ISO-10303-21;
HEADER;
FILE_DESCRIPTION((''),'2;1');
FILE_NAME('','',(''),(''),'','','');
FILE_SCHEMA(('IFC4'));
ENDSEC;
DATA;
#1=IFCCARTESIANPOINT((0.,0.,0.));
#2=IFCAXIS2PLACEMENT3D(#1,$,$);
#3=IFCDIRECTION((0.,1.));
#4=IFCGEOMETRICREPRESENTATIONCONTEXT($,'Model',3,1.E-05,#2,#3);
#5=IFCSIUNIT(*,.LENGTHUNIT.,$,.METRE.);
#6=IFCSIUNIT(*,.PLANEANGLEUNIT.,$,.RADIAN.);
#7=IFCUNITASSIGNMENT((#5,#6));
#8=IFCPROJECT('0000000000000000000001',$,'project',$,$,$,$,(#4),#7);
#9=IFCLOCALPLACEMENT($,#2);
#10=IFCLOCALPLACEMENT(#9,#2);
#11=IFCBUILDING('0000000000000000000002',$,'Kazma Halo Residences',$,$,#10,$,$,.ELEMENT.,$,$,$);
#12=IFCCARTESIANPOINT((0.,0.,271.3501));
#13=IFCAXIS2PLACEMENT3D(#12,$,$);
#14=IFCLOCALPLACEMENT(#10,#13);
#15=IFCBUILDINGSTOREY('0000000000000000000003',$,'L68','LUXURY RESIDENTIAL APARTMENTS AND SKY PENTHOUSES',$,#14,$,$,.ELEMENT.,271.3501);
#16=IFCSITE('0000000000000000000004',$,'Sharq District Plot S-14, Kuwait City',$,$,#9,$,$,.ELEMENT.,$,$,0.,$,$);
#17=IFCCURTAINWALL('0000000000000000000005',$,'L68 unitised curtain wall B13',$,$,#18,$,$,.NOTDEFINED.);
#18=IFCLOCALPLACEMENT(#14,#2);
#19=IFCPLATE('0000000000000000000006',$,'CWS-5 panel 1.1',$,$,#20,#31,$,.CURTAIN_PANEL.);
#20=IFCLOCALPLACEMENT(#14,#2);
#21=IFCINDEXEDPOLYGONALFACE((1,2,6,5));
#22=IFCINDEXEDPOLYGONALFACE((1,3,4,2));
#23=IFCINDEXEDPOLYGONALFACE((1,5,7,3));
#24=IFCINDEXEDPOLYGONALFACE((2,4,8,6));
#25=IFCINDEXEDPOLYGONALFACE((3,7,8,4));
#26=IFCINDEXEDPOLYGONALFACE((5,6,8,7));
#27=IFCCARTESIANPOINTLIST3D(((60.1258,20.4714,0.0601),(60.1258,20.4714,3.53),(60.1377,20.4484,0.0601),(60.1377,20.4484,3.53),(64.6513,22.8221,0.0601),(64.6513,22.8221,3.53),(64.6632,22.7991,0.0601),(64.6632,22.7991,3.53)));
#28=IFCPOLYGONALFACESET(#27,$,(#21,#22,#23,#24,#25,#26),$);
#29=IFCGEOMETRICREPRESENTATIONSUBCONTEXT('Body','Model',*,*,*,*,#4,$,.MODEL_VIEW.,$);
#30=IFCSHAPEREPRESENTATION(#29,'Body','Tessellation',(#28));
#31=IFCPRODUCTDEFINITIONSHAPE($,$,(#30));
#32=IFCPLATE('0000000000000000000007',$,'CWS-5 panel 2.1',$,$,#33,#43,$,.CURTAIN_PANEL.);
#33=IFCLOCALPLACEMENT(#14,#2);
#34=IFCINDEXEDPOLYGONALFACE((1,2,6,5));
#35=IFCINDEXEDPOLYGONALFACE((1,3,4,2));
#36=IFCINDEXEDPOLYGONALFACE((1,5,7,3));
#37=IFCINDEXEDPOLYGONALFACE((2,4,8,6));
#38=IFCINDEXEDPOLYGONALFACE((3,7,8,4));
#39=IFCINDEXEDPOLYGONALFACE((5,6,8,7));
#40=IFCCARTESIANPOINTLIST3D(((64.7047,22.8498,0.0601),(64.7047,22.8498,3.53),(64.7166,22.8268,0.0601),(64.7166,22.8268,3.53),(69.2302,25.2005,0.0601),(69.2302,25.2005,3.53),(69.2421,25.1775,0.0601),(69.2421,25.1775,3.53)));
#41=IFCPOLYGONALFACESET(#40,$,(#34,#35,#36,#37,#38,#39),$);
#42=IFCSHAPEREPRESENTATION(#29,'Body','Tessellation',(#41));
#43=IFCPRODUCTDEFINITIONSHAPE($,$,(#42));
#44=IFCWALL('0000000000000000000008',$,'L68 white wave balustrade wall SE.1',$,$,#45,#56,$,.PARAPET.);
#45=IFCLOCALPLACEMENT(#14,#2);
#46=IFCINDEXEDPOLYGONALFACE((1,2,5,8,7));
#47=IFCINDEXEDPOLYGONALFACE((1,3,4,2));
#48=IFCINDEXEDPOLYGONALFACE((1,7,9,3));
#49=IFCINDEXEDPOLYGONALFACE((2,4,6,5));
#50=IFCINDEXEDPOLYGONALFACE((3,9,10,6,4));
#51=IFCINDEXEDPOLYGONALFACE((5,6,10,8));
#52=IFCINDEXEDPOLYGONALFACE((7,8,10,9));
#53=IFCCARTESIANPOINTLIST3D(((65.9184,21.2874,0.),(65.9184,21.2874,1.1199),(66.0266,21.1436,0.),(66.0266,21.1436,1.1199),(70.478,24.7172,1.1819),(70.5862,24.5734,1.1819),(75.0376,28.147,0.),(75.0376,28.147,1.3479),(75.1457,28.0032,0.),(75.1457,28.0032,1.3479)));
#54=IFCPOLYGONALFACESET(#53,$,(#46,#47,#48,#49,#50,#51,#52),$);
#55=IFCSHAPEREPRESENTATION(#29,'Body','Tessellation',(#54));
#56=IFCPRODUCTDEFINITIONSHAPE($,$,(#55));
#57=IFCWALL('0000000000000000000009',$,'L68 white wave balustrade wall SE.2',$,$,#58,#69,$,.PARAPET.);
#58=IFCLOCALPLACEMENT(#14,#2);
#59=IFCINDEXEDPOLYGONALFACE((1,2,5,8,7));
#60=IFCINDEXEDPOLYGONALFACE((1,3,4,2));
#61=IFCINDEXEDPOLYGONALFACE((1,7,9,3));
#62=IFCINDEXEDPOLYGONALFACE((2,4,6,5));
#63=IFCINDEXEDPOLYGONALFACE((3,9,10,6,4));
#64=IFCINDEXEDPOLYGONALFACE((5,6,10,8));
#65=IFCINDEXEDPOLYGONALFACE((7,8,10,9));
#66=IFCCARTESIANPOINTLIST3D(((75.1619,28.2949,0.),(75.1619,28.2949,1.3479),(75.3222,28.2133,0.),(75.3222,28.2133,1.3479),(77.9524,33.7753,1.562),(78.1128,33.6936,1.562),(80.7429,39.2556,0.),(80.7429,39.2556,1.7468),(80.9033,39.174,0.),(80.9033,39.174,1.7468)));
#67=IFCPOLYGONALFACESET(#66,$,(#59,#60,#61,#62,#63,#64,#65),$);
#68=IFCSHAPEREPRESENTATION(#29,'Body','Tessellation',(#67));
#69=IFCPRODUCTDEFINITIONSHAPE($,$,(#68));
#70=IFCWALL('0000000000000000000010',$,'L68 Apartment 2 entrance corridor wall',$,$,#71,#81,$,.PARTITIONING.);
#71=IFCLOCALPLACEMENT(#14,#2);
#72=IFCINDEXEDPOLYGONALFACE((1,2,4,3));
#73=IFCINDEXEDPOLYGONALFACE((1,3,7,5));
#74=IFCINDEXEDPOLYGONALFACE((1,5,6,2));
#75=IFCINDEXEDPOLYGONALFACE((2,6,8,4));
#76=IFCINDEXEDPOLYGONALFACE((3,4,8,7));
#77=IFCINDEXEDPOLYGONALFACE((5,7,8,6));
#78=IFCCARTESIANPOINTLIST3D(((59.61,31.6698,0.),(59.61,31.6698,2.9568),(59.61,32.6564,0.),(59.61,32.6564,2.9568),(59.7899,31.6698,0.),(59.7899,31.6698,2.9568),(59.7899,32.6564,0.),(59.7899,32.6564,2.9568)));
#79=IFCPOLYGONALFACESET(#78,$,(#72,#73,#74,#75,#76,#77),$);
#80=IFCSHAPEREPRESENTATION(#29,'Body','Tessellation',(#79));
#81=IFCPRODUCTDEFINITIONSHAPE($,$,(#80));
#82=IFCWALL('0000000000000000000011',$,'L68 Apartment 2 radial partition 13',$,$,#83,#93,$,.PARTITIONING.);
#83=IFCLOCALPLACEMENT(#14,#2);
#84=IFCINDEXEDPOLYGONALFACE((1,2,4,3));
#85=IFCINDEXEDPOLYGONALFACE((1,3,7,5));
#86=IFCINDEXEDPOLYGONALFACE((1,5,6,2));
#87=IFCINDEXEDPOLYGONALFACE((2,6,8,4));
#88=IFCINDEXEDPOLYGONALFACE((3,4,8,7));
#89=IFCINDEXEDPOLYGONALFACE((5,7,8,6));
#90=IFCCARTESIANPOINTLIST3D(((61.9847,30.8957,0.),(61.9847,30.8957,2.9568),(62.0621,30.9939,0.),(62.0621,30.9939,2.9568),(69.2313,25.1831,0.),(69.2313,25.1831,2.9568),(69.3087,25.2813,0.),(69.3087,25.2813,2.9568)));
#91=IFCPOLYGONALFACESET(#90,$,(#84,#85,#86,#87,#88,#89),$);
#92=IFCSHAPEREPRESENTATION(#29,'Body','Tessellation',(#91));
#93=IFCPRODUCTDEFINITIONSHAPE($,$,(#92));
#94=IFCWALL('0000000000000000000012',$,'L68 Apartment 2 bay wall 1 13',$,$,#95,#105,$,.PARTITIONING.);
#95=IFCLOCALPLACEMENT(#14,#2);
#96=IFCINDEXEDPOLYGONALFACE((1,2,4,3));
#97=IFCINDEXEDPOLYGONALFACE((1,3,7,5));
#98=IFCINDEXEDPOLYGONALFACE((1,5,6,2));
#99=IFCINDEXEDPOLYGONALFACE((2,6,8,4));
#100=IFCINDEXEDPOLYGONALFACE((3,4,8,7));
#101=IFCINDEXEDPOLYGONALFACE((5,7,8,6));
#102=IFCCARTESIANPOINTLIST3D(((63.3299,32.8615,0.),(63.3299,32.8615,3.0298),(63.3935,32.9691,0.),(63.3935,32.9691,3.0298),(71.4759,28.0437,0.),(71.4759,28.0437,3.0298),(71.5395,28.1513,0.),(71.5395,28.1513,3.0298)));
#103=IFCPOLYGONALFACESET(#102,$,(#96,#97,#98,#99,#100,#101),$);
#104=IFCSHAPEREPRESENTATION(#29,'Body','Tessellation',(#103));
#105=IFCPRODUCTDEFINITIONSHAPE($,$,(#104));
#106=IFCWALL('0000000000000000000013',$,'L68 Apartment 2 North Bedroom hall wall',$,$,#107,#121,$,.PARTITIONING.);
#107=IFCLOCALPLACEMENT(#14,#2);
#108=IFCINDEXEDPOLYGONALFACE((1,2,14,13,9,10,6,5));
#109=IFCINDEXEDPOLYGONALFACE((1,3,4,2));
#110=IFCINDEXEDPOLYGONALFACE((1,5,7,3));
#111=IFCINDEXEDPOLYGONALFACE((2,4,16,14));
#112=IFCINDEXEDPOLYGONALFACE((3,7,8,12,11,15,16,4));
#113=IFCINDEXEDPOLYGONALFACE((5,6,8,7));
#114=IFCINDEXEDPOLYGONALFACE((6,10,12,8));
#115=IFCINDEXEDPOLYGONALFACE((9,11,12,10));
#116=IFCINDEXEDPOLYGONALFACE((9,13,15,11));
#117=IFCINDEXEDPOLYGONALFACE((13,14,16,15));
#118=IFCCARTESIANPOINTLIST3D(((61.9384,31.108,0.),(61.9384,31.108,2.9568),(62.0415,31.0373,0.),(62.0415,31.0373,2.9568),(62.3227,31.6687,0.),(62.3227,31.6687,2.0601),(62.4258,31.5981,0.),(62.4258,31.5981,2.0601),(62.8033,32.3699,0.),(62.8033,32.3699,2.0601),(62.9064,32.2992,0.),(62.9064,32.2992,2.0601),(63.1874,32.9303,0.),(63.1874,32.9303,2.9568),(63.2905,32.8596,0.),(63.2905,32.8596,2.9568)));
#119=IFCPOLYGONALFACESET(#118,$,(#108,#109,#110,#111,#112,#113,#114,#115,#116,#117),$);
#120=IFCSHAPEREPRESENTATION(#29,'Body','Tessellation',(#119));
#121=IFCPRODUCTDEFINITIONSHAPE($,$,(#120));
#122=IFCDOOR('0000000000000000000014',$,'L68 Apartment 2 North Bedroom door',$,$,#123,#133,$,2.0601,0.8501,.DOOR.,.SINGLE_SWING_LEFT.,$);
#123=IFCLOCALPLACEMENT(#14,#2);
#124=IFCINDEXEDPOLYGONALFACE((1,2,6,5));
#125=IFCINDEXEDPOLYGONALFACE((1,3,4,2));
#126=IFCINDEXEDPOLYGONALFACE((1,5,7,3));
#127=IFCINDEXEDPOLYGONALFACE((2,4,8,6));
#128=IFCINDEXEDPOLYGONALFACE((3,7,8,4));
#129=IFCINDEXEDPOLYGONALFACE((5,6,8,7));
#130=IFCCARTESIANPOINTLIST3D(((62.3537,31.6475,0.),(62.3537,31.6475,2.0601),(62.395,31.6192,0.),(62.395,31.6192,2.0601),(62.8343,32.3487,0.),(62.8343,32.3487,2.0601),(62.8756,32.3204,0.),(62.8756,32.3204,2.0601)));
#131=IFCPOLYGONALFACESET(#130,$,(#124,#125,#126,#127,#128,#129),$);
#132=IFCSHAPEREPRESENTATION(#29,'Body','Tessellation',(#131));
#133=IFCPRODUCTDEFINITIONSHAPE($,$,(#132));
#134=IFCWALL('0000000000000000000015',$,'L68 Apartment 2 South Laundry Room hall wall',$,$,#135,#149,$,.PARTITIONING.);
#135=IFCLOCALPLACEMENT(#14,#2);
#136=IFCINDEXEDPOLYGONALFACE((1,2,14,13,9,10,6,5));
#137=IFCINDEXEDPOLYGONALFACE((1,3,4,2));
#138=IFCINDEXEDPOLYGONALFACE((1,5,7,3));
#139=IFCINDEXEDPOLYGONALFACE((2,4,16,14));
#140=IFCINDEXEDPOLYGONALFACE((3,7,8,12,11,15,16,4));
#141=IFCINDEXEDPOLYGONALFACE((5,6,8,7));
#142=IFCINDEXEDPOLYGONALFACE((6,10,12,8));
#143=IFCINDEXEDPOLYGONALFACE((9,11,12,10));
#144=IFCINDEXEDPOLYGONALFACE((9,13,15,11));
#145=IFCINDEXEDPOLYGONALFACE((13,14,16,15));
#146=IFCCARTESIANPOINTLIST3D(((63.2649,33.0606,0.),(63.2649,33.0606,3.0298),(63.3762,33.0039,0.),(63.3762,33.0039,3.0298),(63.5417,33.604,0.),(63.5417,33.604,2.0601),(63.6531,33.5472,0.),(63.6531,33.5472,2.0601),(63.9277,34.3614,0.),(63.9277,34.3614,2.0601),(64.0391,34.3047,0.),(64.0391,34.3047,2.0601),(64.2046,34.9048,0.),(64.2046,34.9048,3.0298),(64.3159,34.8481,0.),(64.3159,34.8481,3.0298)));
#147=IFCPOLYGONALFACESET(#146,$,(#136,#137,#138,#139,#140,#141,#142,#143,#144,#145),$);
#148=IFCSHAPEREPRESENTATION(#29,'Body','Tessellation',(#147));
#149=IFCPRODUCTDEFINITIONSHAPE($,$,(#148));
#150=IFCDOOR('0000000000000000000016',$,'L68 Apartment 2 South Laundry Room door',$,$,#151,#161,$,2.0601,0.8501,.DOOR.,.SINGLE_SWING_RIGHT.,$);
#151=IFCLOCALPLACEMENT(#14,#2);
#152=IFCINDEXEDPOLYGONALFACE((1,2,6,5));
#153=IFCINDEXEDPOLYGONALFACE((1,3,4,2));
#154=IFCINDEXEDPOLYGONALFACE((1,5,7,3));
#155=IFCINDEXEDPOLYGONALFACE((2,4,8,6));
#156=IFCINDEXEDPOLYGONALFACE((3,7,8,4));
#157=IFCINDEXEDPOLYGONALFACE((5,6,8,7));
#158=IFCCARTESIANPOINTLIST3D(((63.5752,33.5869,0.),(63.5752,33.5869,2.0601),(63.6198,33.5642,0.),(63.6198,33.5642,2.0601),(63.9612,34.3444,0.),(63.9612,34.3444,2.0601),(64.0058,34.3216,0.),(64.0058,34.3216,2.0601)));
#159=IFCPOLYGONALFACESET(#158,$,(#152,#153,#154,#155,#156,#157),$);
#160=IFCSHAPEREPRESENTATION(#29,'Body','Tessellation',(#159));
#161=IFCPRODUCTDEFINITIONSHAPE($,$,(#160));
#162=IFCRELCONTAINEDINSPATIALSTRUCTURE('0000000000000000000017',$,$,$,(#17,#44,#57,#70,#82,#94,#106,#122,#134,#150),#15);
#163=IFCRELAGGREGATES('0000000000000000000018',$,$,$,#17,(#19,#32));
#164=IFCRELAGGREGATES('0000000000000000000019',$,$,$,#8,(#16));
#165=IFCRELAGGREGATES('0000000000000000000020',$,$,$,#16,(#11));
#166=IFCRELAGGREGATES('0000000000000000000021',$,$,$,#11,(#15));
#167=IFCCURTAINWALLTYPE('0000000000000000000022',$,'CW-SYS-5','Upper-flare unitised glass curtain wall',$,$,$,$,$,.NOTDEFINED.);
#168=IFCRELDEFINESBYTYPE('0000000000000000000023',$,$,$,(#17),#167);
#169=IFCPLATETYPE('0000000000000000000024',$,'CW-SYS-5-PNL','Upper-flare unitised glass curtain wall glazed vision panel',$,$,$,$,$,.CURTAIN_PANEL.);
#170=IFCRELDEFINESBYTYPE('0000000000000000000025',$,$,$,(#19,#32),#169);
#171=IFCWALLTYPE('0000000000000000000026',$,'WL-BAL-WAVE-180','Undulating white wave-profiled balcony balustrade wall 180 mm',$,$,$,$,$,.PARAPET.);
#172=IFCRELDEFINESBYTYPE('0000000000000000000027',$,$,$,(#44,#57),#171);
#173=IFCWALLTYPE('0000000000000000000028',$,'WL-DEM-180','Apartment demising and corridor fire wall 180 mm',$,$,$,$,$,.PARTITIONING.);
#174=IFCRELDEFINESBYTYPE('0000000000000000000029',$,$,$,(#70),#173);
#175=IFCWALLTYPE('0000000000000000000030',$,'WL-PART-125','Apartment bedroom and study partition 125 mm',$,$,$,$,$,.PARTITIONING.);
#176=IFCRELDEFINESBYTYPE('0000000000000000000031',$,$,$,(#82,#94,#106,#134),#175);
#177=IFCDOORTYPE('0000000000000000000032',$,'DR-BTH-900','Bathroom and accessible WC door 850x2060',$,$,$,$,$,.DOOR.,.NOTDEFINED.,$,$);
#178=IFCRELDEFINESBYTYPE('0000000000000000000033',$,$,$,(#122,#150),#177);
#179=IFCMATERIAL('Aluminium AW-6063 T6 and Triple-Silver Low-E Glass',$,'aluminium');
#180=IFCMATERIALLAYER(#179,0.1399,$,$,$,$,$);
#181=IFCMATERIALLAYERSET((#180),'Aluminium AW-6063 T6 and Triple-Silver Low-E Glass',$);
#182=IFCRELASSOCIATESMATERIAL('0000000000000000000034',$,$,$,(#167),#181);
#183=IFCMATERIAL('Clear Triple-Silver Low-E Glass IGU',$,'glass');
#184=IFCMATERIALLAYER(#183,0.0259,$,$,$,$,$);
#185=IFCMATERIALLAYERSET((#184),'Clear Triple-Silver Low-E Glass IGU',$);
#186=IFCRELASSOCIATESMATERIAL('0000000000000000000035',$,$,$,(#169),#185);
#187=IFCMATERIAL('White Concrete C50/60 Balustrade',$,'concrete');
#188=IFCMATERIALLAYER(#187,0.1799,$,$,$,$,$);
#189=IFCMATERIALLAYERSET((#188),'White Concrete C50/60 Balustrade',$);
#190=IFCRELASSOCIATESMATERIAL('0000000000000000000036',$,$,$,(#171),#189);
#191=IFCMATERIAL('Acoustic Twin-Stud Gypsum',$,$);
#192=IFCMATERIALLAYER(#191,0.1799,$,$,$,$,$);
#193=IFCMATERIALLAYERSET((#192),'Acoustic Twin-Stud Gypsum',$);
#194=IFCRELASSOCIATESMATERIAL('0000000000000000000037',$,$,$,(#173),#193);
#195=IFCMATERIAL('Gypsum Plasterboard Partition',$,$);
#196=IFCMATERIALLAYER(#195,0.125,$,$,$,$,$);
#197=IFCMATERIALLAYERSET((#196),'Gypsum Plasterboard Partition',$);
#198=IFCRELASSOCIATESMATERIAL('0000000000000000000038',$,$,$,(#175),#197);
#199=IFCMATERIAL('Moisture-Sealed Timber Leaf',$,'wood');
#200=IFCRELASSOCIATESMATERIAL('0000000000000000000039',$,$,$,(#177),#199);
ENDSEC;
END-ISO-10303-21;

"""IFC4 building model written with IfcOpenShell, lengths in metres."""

from ifc_helpers import new_model, si_unit, direction, frame, frame_2d, origin, origin_2d, place, context, subcontext, project, spatial, polyline, rectangle, outline, extrude, material, layer, layer_set, type_object, element, fill, aggregate, save


model = new_model("IFC4")

# Units and contexts
model_context = context("Model", 3, precision=1e-05, world=origin(), true_north=direction((0.0, 1.0)))
body_context = subcontext(model_context, "Body", "Model", "MODEL_VIEW")
ifc_project = project(units=[si_unit("LENGTHUNIT", "METRE"), si_unit("PLANEANGLEUNIT", "RADIAN")], contexts=[model_context])

# Site, building, storey
site_placement = place(None, origin())
site = spatial("IfcSite", under=ifc_project, at=site_placement, Name="Sharq District Plot S-14, Kuwait City", CompositionType="ELEMENT", RefElevation=0.0)
building_placement = place(site_placement, origin())
building = spatial("IfcBuilding", under=site, at=building_placement, Name="Kazma Halo Residences", CompositionType="ELEMENT")
storey_placement = place(building_placement, frame((0.0, 0.0, 271.3501)))
storey = spatial("IfcBuildingStorey", under=building, at=storey_placement, Name="L68", Description="LUXURY RESIDENTIAL APARTMENTS AND SKY PENTHOUSES", CompositionType="ELEMENT", Elevation=271.3501)

# Curtain wall, plates
ifc_material_1 = material(Name="Aluminium AW-6063 T6 and Triple-Silver Low-E Glass", Category="aluminium")
ifc_layer_1 = layer(ifc_material_1, 0.1399)
ifc_layer_set_1 = layer_set([ifc_layer_1], Name="Aluminium AW-6063 T6 and Triple-Silver Low-E Glass")
curtain_wall_type = type_object("IfcCurtainWallType", Name="CW-SYS-5", Description="Upper-flare unitised glass curtain wall", PredefinedType="NOTDEFINED", material=ifc_layer_set_1)
curtain_wall_placement = place(storey_placement, origin())
curtain_wall = element("IfcCurtainWall", 1, at=curtain_wall_placement, inside=storey, type_object=curtain_wall_type, Name="L68 unitised curtain wall B13", PredefinedType="NOTDEFINED")
ifc_material_2 = material(Name="Clear Triple-Silver Low-E Glass IGU", Category="glass")
ifc_layer_2 = layer(ifc_material_2, 0.0259)
ifc_layer_set_2 = layer_set([ifc_layer_2], Name="Clear Triple-Silver Low-E Glass IGU")
plate_type = type_object("IfcPlateType", Name="CW-SYS-5-PNL", Description="Upper-flare unitised glass curtain wall glazed vision panel", PredefinedType="CURTAIN_PANEL", material=ifc_layer_set_2)
plate_1_placement = place(storey_placement, frame((62.3945, 21.6353, 0.0601), z_axis=(0.0, 0.0, 1.0), x_axis=(0.887421, 0.460961, 0.0)))
plate_1 = element("IfcPlate", 2, at=plate_1_placement, type_object=plate_type, Name="CWS-5 panel 1.1", PredefinedType="CURTAIN_PANEL", context=body_context, shape_type="SweptSolid", body=[
    extrude(rectangle(XDim=5.0996, YDim=0.0259, at=origin_2d()), origin(), (0.0, 0.0, 1.0), 3.47),
])
plate_2_placement = place(storey_placement, frame((66.9734, 24.0137, 0.0601), z_axis=(0.0, 0.0, 1.0), x_axis=(0.887421, 0.460961, 0.0)))
plate_2 = element("IfcPlate", 3, at=plate_2_placement, type_object=plate_type, Name="CWS-5 panel 2.1", PredefinedType="CURTAIN_PANEL", context=body_context, shape_type="SweptSolid", body=[
    extrude(rectangle(XDim=5.0996, YDim=0.0259, at=origin_2d()), origin(), (0.0, 0.0, 1.0), 3.47),
])
aggregate(curtain_wall, [plate_1, plate_2])

# Walls
ifc_material_3 = material(Name="White Concrete C50/60 Balustrade", Category="concrete")
ifc_layer_3 = layer(ifc_material_3, 0.1799)
ifc_layer_set_3 = layer_set([ifc_layer_3], Name="White Concrete C50/60 Balustrade")
wall_type_1 = type_object("IfcWallType", Name="WL-BAL-WAVE-180", Description="Undulating white wave-profiled balcony balustrade wall 180 mm", PredefinedType="PARAPET", material=ifc_layer_set_3)
wall_1_placement = place(storey_placement, frame((65.9724, 21.2156, 0.0), z_axis=(0.0, 0.0, 1.0), x_axis=(0.799147, 0.601136, 0.0)))
element("IfcWall", 4, at=wall_1_placement, inside=storey, type_object=wall_type_1, Name="L68 white wave balustrade wall SE.1", PredefinedType="PARAPET", context=body_context, shape_type="SweptSolid", body=[
    extrude(outline(polyline([(0.0, 0.0), (11.4111, 0.0), (11.4111, 1.3479), (5.7056, 1.1819), (0.0, 1.1199), (0.0, 0.0)])), frame((0.0, 0.0898, 0.0), z_axis=(0.0, -1.0, 0.0), x_axis=(1.0, 0.0, 0.0)), (0.0, 0.0, 1.0), 0.1799),
])
wall_2_placement = place(storey_placement, frame((75.2419, 28.2542, 0.0), z_axis=(0.0, 0.0, 1.0), x_axis=(0.453752, 0.891128, 0.0)))
element("IfcWall", 5, at=wall_2_placement, inside=storey, type_object=wall_type_1, Name="L68 white wave balustrade wall SE.2", PredefinedType="PARAPET", context=body_context, shape_type="SweptSolid", body=[
    extrude(outline(polyline([(0.0, 0.0), (12.2998, 0.0), (12.2998, 1.7468), (6.1499, 1.562), (0.0, 1.3479), (0.0, 0.0)])), frame((0.0, 0.0898, 0.0), z_axis=(0.0, -1.0, 0.0), x_axis=(1.0, 0.0, 0.0)), (0.0, 0.0, 1.0), 0.1799),
])
ifc_material_4 = material(Name="Acoustic Twin-Stud Gypsum")
ifc_layer_4 = layer(ifc_material_4, 0.1799)
ifc_layer_set_4 = layer_set([ifc_layer_4], Name="Acoustic Twin-Stud Gypsum")
wall_type_2 = type_object("IfcWallType", Name="WL-DEM-180", Description="Apartment demising and corridor fire wall 180 mm", PredefinedType="PARTITIONING", material=ifc_layer_set_4)
wall_3_placement = place(storey_placement, frame((59.7, 31.6699, 0.0), z_axis=(0.0, 0.0, 1.0), x_axis=(0.0, 1.0, 0.0)))
element("IfcWall", 6, at=wall_3_placement, inside=storey, type_object=wall_type_2, Name="L68 Apartment 2 entrance corridor wall", PredefinedType="PARTITIONING", context=body_context, shape_type="SweptSolid", body=[
    extrude(rectangle(XDim=0.9866, YDim=0.1799, at=frame_2d((0.4932, 0.0))), origin(), (0.0, 0.0, 1.0), 2.9568),
])

# Walls
ifc_material_5 = material(Name="Gypsum Plasterboard Partition")
ifc_layer_5 = layer(ifc_material_5, 0.125)
ifc_layer_set_5 = layer_set([ifc_layer_5], Name="Gypsum Plasterboard Partition")
wall_type_3 = type_object("IfcWallType", Name="WL-PART-125", Description="Apartment bedroom and study partition 125 mm", PredefinedType="PARTITIONING", material=ifc_layer_set_5)
wall_4_placement = place(storey_placement, frame((62.0234, 30.9448, 0.0), z_axis=(0.0, 0.0, 1.0), x_axis=(0.785322, -0.619087, 0.0)))
element("IfcWall", 7, at=wall_4_placement, inside=storey, type_object=wall_type_3, Name="L68 Apartment 2 radial partition 13", PredefinedType="PARTITIONING", context=body_context, shape_type="SweptSolid", body=[
    extrude(rectangle(XDim=9.2275, YDim=0.125, at=frame_2d((4.6138, 0.0))), origin(), (0.0, 0.0, 1.0), 2.9568),
])
wall_5_placement = place(storey_placement, frame((63.3618, 32.9153, 0.0), z_axis=(0.0, 0.0, 1.0), x_axis=(0.860726, -0.509068, 0.0)))
element("IfcWall", 8, at=wall_5_placement, inside=storey, type_object=wall_type_3, Name="L68 Apartment 2 bay wall 1 13", PredefinedType="PARTITIONING", context=body_context, shape_type="SweptSolid", body=[
    extrude(rectangle(XDim=9.4641, YDim=0.125, at=frame_2d((4.7319, 0.0))), origin(), (0.0, 0.0, 1.0), 3.0298),
])

# Walls, openings, doors
wall_6_placement = place(storey_placement, frame((61.99, 31.0728, 0.0), z_axis=(0.0, 0.0, 1.0), x_axis=(0.565365, 0.824841, 0.0)))
wall_6 = element("IfcWall", 9, at=wall_6_placement, inside=storey, type_object=wall_type_3, Name="L68 Apartment 2 North Bedroom hall wall", PredefinedType="PARTITIONING", context=body_context, shape_type="SweptSolid", body=[
    extrude(rectangle(XDim=2.2092, YDim=0.125, at=frame_2d((1.1045, 0.0))), origin(), (0.0, 0.0, 1.0), 2.9568),
])
opening_1_placement = place(wall_6_placement, frame((0.6797, 0.0, 0.0)))
opening_1 = element("IfcOpeningElement", 10, at=opening_1_placement, cuts=wall_6, PredefinedType="OPENING", context=body_context, shape_type="SweptSolid", body=[
    extrude(rectangle(XDim=0.8501, YDim=2.0601, at=frame_2d((0.425, 1.03))), frame((0.0, 0.0725, 0.0), z_axis=(0.0, -1.0, 0.0), x_axis=(1.0, 0.0, 0.0)), (0.0, 0.0, 1.0), 0.145),
])
ifc_material_6 = material(Name="Moisture-Sealed Timber Leaf", Category="wood")
door_type_1 = type_object("IfcDoorType", Name="DR-BTH-900", Description="Bathroom and accessible WC door 850x2060", OperationType="NOTDEFINED", PredefinedType="DOOR", material=ifc_material_6)
door_1_placement = place(opening_1_placement, origin())
door_1 = element("IfcDoor", 11, at=door_1_placement, inside=storey, type_object=door_type_1, Name="L68 Apartment 2 North Bedroom door", OperationType="SINGLE_SWING_LEFT", OverallHeight=2.0601, OverallWidth=0.8501, PredefinedType="DOOR", context=body_context, shape_type="SweptSolid", body=[
    extrude(rectangle(XDim=0.8501, YDim=2.0601, at=frame_2d((0.425, 1.03))), frame((0.0, 0.0249, 0.0), z_axis=(0.0, -1.0, 0.0), x_axis=(1.0, 0.0, 0.0)), (0.0, 0.0, 1.0), 0.05),
])
fill(opening_1, door_1)
wall_7_placement = place(storey_placement, frame((63.3206, 33.0322, 0.0), z_axis=(0.0, 0.0, 1.0), x_axis=(0.453995, 0.891004, 0.0)))
wall_7 = element("IfcWall", 12, at=wall_7_placement, inside=storey, type_object=wall_type_3, Name="L68 Apartment 2 South Laundry Room hall wall", PredefinedType="PARTITIONING", context=body_context, shape_type="SweptSolid", body=[
    extrude(rectangle(XDim=2.0698, YDim=0.125, at=frame_2d((1.0349, 0.0))), origin(), (0.0, 0.0, 1.0), 3.0298),
])
opening_2_placement = place(wall_7_placement, frame((0.6099, 0.0, 0.0)))
opening_2 = element("IfcOpeningElement", 13, at=opening_2_placement, cuts=wall_7, PredefinedType="OPENING", context=body_context, shape_type="SweptSolid", body=[
    extrude(rectangle(XDim=0.8501, YDim=2.0601, at=frame_2d((0.425, 1.03))), frame((0.0, 0.0725, 0.0), z_axis=(0.0, -1.0, 0.0), x_axis=(1.0, 0.0, 0.0)), (0.0, 0.0, 1.0), 0.145),
])
door_2_placement = place(opening_2_placement, origin())
door_2 = element("IfcDoor", 14, at=door_2_placement, inside=storey, type_object=door_type_1, Name="L68 Apartment 2 South Laundry Room door", OperationType="SINGLE_SWING_RIGHT", OverallHeight=2.0601, OverallWidth=0.8501, PredefinedType="DOOR", context=body_context, shape_type="SweptSolid", body=[
    extrude(rectangle(XDim=0.8501, YDim=2.0601, at=frame_2d((0.425, 1.03))), frame((0.0, 0.0249, 0.0), z_axis=(0.0, -1.0, 0.0), x_axis=(1.0, 0.0, 0.0)), (0.0, 0.0, 1.0), 0.05),
])
fill(opening_2, door_2)

save(model, "model.ifc")
